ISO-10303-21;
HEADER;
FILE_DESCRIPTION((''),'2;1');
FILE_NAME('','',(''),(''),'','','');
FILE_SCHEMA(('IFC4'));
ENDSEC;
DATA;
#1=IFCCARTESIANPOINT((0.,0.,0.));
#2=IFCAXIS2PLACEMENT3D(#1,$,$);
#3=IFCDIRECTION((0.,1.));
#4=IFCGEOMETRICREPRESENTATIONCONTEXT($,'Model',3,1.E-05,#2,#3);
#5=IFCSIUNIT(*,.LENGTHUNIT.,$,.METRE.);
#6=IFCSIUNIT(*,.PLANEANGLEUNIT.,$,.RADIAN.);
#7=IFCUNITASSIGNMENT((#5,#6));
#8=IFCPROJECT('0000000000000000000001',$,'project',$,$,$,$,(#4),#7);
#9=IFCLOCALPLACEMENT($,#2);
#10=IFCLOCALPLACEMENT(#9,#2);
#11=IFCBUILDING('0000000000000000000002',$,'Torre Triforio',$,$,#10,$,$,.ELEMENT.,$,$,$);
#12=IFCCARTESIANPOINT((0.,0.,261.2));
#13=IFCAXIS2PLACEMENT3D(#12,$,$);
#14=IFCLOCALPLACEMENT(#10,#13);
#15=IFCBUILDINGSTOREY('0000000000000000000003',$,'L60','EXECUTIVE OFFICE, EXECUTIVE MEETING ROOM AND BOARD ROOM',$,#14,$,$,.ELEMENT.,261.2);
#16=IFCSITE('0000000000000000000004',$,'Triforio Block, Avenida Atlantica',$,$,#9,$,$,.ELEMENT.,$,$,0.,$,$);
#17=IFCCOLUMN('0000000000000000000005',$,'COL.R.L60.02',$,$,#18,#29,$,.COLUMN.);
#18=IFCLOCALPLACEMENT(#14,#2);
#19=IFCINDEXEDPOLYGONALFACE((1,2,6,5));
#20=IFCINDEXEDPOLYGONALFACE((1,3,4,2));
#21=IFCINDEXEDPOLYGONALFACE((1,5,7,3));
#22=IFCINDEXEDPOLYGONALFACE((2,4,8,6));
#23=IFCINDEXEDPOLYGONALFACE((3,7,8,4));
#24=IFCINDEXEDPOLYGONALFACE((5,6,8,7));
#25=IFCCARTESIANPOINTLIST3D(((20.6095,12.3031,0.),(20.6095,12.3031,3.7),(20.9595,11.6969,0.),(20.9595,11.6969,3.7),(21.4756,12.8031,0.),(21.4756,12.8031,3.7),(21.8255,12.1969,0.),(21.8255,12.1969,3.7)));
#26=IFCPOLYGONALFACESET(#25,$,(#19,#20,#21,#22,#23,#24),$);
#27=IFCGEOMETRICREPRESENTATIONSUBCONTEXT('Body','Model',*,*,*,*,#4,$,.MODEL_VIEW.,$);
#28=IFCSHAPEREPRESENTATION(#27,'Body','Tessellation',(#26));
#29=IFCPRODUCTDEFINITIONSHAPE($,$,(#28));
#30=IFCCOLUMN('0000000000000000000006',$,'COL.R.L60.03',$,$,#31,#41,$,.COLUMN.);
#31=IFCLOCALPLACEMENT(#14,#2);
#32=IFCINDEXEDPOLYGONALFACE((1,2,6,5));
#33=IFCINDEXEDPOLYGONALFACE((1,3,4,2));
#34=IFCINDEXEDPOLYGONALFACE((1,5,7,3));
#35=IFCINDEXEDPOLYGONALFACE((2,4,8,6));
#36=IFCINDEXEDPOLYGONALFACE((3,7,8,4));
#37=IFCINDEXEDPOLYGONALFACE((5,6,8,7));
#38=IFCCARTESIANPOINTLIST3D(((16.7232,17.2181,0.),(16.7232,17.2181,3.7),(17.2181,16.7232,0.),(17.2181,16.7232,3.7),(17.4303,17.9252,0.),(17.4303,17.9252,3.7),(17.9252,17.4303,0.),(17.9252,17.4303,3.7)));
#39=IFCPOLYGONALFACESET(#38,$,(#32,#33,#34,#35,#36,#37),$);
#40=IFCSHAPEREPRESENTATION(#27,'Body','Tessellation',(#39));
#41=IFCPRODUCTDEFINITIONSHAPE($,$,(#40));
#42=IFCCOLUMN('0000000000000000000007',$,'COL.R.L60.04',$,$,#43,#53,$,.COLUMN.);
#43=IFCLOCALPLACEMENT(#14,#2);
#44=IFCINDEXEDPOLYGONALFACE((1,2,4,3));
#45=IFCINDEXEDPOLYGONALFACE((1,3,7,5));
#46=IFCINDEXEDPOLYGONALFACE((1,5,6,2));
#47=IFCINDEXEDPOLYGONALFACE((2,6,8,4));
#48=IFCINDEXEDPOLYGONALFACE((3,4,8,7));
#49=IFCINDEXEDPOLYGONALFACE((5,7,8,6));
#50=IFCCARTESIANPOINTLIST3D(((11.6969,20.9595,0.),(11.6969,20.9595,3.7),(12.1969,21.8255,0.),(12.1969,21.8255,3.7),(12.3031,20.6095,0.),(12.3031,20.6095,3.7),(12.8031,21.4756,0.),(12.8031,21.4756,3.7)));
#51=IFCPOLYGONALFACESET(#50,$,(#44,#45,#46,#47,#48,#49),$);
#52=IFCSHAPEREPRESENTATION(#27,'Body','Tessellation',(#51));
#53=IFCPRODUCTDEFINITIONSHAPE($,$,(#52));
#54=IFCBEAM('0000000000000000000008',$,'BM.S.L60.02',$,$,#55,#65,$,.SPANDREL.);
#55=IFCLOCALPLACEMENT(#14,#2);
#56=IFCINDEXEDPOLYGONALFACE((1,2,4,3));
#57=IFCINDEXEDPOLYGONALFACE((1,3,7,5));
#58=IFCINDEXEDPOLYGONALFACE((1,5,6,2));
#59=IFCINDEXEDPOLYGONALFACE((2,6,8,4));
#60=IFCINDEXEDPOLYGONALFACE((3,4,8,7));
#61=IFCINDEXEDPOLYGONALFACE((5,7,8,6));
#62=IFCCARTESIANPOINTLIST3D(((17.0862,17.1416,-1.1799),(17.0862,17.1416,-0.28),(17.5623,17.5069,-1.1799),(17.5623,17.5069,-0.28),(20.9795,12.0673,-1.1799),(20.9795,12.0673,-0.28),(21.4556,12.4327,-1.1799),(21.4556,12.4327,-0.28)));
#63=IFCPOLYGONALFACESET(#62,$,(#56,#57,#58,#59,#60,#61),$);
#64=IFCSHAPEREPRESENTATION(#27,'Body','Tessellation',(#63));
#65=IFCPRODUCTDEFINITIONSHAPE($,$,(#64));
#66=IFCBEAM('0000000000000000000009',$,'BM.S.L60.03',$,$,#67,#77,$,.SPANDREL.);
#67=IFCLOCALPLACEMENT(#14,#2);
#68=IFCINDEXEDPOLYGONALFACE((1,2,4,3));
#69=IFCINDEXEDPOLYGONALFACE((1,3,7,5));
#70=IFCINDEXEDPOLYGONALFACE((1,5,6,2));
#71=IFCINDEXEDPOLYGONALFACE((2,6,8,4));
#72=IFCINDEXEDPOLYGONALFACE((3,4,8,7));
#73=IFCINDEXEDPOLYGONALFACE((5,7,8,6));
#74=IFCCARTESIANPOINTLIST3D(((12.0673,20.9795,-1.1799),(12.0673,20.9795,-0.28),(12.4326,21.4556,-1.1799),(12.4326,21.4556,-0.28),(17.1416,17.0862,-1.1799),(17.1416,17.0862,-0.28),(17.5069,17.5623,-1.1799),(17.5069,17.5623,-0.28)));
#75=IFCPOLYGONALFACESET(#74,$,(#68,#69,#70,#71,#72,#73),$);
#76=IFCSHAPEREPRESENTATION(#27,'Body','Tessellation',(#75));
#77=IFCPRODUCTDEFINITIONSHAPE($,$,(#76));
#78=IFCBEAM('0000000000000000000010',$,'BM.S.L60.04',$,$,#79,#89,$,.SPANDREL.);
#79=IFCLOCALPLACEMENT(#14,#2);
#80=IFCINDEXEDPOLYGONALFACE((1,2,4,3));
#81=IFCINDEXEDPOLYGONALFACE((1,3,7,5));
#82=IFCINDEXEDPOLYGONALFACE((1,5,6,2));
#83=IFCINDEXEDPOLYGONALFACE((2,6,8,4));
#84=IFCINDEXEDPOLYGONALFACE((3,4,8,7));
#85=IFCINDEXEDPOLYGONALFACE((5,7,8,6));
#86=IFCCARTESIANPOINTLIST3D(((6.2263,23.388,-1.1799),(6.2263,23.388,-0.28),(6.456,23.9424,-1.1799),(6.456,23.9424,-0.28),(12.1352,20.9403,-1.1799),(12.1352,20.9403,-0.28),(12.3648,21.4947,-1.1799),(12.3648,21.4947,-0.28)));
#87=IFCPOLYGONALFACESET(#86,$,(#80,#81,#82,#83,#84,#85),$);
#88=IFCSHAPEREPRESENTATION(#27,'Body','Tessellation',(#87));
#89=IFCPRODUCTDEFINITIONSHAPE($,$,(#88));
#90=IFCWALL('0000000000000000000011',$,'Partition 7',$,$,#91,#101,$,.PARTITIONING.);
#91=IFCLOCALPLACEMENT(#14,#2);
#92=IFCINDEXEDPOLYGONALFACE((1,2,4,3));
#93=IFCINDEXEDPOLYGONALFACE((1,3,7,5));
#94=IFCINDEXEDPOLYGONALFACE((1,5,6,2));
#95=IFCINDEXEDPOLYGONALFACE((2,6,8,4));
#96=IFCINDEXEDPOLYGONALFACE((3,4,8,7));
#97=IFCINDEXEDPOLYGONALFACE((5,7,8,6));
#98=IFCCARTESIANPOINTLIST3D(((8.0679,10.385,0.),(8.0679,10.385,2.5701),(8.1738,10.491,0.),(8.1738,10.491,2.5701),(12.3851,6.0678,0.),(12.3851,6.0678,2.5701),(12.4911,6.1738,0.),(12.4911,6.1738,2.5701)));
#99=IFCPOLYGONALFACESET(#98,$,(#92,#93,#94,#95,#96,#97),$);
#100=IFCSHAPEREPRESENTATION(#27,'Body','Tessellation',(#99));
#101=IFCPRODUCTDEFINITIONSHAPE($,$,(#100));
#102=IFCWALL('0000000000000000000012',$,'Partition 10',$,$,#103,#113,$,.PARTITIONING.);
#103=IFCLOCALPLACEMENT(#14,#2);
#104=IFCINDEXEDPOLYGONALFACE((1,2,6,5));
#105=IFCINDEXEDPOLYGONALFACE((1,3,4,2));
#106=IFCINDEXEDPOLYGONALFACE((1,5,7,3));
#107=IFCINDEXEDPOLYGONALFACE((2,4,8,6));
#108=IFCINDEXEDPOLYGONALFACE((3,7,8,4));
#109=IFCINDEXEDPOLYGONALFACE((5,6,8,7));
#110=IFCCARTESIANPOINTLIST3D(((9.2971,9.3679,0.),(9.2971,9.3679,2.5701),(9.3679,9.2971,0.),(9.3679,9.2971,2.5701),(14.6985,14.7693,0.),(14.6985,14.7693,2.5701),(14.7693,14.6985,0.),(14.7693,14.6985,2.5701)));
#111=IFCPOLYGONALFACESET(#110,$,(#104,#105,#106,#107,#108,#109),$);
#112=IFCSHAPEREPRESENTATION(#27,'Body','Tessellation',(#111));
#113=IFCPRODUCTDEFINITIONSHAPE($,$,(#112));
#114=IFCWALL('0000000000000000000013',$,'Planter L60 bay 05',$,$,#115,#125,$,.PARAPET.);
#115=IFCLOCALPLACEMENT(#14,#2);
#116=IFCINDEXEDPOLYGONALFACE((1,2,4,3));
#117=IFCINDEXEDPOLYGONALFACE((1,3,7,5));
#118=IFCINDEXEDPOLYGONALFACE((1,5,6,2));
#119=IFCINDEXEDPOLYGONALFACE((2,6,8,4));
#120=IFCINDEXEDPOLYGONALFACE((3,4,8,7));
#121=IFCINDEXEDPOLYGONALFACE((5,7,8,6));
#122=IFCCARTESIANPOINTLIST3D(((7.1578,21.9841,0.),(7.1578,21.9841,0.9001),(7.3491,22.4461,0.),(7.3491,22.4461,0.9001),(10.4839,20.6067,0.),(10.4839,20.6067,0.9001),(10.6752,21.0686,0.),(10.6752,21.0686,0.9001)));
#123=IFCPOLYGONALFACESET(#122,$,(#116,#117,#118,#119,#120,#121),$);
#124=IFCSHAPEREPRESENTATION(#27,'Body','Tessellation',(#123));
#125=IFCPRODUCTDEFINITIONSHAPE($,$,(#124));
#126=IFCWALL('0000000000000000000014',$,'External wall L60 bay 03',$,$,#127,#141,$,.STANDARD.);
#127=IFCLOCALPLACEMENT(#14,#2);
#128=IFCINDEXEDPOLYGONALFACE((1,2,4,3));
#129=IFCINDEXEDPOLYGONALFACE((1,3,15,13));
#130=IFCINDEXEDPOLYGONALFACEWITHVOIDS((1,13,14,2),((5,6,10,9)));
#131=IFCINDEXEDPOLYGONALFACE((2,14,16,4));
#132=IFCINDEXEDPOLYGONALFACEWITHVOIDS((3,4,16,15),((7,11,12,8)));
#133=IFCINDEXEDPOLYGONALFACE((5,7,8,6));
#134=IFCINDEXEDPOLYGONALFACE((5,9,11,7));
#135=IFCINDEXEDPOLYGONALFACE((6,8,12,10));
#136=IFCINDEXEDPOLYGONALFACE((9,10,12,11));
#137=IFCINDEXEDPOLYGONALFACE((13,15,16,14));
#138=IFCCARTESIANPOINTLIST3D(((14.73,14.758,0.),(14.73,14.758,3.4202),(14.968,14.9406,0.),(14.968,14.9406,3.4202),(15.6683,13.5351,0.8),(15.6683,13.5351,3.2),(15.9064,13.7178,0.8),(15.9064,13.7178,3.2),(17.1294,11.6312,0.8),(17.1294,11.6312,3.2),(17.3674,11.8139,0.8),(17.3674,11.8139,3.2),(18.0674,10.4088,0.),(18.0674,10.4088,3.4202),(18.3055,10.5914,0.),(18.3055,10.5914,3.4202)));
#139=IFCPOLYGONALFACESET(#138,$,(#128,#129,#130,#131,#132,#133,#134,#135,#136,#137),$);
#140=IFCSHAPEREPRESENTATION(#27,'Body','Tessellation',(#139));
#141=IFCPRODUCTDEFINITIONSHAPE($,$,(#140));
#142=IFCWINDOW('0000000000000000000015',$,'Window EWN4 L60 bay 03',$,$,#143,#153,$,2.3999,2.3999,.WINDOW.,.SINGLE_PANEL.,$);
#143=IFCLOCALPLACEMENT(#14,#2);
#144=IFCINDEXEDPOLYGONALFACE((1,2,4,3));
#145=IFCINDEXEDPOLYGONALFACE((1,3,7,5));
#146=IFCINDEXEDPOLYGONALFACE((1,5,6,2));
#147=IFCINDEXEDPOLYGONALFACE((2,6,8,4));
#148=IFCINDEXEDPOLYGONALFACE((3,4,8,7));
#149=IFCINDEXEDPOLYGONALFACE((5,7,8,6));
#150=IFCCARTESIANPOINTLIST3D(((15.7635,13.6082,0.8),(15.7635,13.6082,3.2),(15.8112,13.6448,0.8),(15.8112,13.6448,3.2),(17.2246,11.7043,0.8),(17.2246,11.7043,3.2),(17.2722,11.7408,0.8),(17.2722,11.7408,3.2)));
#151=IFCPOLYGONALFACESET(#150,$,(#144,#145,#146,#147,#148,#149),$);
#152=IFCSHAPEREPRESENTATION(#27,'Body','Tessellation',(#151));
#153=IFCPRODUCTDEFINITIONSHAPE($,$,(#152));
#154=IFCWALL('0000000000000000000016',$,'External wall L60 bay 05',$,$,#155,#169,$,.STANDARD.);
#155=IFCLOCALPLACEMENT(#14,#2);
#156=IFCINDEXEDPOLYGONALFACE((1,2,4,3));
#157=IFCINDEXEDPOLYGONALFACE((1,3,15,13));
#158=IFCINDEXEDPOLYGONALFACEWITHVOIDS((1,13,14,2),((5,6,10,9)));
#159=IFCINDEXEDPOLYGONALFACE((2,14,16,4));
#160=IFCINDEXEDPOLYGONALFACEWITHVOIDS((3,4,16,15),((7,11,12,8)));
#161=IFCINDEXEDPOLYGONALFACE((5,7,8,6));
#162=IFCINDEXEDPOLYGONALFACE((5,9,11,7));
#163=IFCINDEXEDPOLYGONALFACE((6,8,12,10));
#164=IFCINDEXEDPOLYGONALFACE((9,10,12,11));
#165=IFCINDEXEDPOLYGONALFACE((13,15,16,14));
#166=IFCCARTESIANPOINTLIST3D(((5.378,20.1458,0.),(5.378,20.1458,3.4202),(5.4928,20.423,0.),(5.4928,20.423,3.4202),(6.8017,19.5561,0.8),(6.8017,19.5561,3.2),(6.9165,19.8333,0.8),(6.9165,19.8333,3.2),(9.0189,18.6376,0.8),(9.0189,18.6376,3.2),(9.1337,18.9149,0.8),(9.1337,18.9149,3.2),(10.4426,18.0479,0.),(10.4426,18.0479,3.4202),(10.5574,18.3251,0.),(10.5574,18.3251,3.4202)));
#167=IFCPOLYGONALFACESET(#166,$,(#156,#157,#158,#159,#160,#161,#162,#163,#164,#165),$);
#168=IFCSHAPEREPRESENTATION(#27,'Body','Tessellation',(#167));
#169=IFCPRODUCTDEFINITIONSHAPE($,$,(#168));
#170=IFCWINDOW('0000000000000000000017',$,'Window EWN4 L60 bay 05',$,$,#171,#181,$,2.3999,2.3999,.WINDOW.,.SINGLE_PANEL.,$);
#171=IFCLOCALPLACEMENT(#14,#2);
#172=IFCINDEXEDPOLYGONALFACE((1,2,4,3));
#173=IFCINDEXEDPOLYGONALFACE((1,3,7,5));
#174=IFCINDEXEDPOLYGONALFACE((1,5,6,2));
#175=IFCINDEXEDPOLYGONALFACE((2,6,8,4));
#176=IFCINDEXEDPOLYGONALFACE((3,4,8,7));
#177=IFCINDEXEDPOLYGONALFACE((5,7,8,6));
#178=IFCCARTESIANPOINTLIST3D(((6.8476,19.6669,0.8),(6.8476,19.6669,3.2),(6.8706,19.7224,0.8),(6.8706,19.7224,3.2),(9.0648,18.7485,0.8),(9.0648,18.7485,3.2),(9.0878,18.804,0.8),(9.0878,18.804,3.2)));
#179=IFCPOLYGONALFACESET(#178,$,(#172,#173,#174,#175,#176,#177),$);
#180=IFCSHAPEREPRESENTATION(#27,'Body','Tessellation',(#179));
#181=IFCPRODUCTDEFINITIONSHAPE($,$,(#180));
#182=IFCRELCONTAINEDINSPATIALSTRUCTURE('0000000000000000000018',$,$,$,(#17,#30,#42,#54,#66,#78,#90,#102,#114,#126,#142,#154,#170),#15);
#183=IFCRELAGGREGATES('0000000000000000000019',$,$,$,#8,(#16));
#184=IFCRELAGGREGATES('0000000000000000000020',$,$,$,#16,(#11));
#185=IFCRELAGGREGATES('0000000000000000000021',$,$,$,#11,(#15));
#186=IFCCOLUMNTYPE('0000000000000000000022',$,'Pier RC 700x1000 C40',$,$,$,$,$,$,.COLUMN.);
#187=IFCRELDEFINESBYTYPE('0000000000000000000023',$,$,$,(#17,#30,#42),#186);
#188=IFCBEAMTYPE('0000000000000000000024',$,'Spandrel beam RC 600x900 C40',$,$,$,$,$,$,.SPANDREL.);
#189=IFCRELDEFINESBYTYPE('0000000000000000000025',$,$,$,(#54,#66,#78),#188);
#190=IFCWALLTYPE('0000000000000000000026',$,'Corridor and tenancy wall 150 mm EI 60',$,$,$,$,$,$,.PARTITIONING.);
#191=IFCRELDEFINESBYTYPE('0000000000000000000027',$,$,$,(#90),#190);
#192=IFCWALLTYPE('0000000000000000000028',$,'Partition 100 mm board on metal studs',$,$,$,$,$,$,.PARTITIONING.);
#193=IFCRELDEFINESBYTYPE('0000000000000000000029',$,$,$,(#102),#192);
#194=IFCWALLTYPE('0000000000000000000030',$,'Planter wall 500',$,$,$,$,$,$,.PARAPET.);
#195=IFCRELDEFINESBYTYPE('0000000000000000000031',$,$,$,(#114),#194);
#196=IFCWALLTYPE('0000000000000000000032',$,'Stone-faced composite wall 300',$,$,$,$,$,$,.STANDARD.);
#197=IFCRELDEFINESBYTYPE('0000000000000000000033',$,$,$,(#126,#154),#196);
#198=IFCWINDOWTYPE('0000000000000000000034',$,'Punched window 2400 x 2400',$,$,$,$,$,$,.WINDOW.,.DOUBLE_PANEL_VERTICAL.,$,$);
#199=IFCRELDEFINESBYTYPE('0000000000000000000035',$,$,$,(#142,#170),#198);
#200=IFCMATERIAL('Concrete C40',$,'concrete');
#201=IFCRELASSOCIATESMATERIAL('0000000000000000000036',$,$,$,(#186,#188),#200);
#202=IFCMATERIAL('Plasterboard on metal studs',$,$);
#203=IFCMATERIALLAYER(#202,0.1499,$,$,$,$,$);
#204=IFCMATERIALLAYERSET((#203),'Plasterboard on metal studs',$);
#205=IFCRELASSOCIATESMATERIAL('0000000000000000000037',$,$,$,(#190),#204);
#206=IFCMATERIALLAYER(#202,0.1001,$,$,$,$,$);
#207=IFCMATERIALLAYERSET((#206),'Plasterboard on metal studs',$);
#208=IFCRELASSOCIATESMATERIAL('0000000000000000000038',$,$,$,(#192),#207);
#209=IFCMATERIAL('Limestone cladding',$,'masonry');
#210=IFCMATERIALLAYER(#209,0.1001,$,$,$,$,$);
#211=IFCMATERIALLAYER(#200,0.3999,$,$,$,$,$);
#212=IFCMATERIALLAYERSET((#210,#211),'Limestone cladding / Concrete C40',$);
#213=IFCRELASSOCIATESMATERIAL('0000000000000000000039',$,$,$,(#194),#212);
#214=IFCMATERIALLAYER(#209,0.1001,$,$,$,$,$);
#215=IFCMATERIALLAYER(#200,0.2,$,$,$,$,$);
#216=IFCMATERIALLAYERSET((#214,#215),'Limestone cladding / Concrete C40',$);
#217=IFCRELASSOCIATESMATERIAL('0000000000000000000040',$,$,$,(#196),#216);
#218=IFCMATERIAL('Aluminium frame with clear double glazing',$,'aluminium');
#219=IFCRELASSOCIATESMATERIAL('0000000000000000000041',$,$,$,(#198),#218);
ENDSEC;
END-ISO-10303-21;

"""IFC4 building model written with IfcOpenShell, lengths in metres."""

from ifc_helpers import new_model, si_unit, direction, frame, frame_2d, origin, origin_2d, place, context, subcontext, project, spatial, rectangle, extrude, material, layer, layer_set, material_profile, profile_set, type_object, element, fill, save


model = new_model("IFC4")

# Units and contexts
model_context = context("Model", 3, precision=1e-05, world=origin(), true_north=direction((0.0, 1.0)))
body_context = subcontext(model_context, "Body", "Model", "MODEL_VIEW")
ifc_project = project(units=[si_unit("LENGTHUNIT", "METRE"), si_unit("PLANEANGLEUNIT", "RADIAN")], contexts=[model_context])

# Site, building, storey
site_placement = place(None, origin())
site = spatial("IfcSite", under=ifc_project, at=site_placement, Name="Triforio Block, Avenida Atlantica", CompositionType="ELEMENT", RefElevation=0.0)
building_placement = place(site_placement, origin())
building = spatial("IfcBuilding", under=site, at=building_placement, Name="Torre Triforio", CompositionType="ELEMENT")
storey_placement = place(building_placement, frame((0.0, 0.0, 261.2)))
storey = spatial("IfcBuildingStorey", under=building, at=storey_placement, Name="L60", Description="EXECUTIVE OFFICE, EXECUTIVE MEETING ROOM AND BOARD ROOM", CompositionType="ELEMENT", Elevation=261.2)

# Columns
ifc_material_1 = material(Name="Concrete C40", Category="concrete")
ifc_material_profile_1 = material_profile(ifc_material_1, rectangle(XDim=0.7, YDim=1.0, at=origin_2d()), Name="RC 700x1000")
ifc_profile_set_1 = profile_set([ifc_material_profile_1], Name="Concrete C40")
column_type = type_object("IfcColumnType", Name="Pier RC 700x1000 C40", PredefinedType="COLUMN", material=ifc_profile_set_1)
for number, where, z_axis, x_axis, name in (
    (1, (21.2175, 12.25, 0.0), (0.0, 0.0, 1.0), (-0.5, 0.866025, 0.0), "COL.R.L60.02"),
    (2, (17.3242, 17.3242, 0.0), (0.0, 0.0, 1.0), (-0.707107, 0.707107, 0.0), "COL.R.L60.03"),
    (3, (12.25, 21.2175, 0.0), (0.0, 0.0, 1.0), (-0.866025, 0.5, 0.0), "COL.R.L60.04"),
):
    element("IfcColumn", number, at=place(storey_placement, frame(where, z_axis=z_axis, x_axis=x_axis)), inside=storey, type_object=column_type, Name=name, PredefinedType="COLUMN", context=body_context, shape_type="SweptSolid", body=[
        extrude(rectangle(XDim=0.7, YDim=1.0, at=origin_2d()), origin(), (0.0, 0.0, 1.0), 3.7),
    ])

# Beams
ifc_material_profile_2 = material_profile(ifc_material_1, rectangle(XDim=0.6001, YDim=0.8999, at=origin_2d()), Name="RC 600x900")
ifc_profile_set_2 = profile_set([ifc_material_profile_2], Name="Concrete C40")
beam_type = type_object("IfcBeamType", Name="Spandrel beam RC 600x900 C40", PredefinedType="SPANDREL", material=ifc_profile_set_2)
for number, where, z_axis, x_axis, name in (
    (4, (21.2175, 12.25, -0.73), (-0.608734, 0.793374, 0.0), (-0.793374, -0.608734, 0.0), "BM.S.L60.02"),
    (5, (17.3242, 17.3242, -0.73), (-0.793374, 0.608734, 0.0), (-0.608734, -0.793374, 0.0), "BM.S.L60.03"),
    (6, (12.25, 21.2175, -0.73), (-0.923869, 0.382709, 0.0), (-0.382709, -0.923869, 0.0), "BM.S.L60.04"),
):
    element("IfcBeam", number, at=place(storey_placement, frame(where, z_axis=z_axis, x_axis=x_axis)), inside=storey, type_object=beam_type, Name=name, PredefinedType="SPANDREL", context=body_context, shape_type="SweptSolid", body=[
        extrude(rectangle(XDim=0.6001, YDim=0.8999, at=origin_2d()), origin(), (0.0, 0.0, 1.0), 6.3958),
    ])

# Walls
ifc_material_2 = material(Name="Plasterboard on metal studs")
ifc_layer_1 = layer(ifc_material_2, 0.1499)
ifc_layer_set_1 = layer_set([ifc_layer_1], Name="Plasterboard on metal studs")
wall_type_1 = type_object("IfcWallType", Name="Corridor and tenancy wall 150 mm EI 60", PredefinedType="PARTITIONING", material=ifc_layer_set_1)
wall_1_placement = place(storey_placement, frame((8.1208, 10.438, 0.0), z_axis=(0.0, 0.0, 1.0), x_axis=(0.707107, -0.707107, 0.0)))
element("IfcWall", 7, at=wall_1_placement, inside=storey, type_object=wall_type_1, Name="Partition 7", PredefinedType="PARTITIONING", context=body_context, shape_type="SweptSolid", body=[
    extrude(rectangle(XDim=6.1055, YDim=0.1499, at=frame_2d((3.0527, 0.0))), origin(), (0.0, 0.0, 1.0), 2.5701),
])
ifc_layer_2 = layer(ifc_material_2, 0.1001)
ifc_layer_set_2 = layer_set([ifc_layer_2], Name="Plasterboard on metal studs")
wall_type_2 = type_object("IfcWallType", Name="Partition 100 mm board on metal studs", PredefinedType="PARTITIONING", material=ifc_layer_set_2)
wall_2_placement = place(storey_placement, frame((9.3325, 9.3325, 0.0), z_axis=(0.0, 0.0, 1.0), x_axis=(0.707107, 0.707107, 0.0)))
element("IfcWall", 8, at=wall_2_placement, inside=storey, type_object=wall_type_2, Name="Partition 10", PredefinedType="PARTITIONING", context=body_context, shape_type="SweptSolid", body=[
    extrude(rectangle(XDim=7.6387, YDim=0.1001, at=frame_2d((3.8193, 0.0))), origin(), (0.0, 0.0, 1.0), 2.5701),
])
ifc_material_3 = material(Name="Limestone cladding", Category="masonry")
ifc_layer_3 = layer(ifc_material_3, 0.1001)
ifc_layer_4 = layer(ifc_material_1, 0.3999)
ifc_layer_set_3 = layer_set([ifc_layer_3, ifc_layer_4], Name="Limestone cladding / Concrete C40")
wall_type_3 = type_object("IfcWallType", Name="Planter wall 500", PredefinedType="PARAPET", material=ifc_layer_set_3)
wall_3_placement = place(storey_placement, frame((10.5796, 20.8376, 0.0), z_axis=(0.0, 0.0, 1.0), x_axis=(-0.923909, 0.382611, 0.0)))
element("IfcWall", 9, at=wall_3_placement, inside=storey, type_object=wall_type_3, Name="Planter L60 bay 05", PredefinedType="PARAPET", context=body_context, shape_type="SweptSolid", body=[
    extrude(rectangle(XDim=3.6001, YDim=0.5, at=frame_2d((1.8, 0.0))), origin(), (0.0, 0.0, 1.0), 0.9001),
])

# Wall, opening, window
ifc_layer_5 = layer(ifc_material_3, 0.1001)
ifc_layer_6 = layer(ifc_material_1, 0.2)
ifc_layer_set_4 = layer_set([ifc_layer_5, ifc_layer_6], Name="Limestone cladding / Concrete C40")
wall_type_4 = type_object("IfcWallType", Name="Stone-faced composite wall 300", PredefinedType="STANDARD", material=ifc_layer_set_4)
wall_4_placement = place(storey_placement, frame((18.1865, 10.5, 0.0), z_axis=(0.0, 0.0, 1.0), x_axis=(-0.608785, 0.793335, 0.0)))
wall_4 = element("IfcWall", 10, at=wall_4_placement, inside=storey, type_object=wall_type_4, Name="External wall L60 bay 03", PredefinedType="STANDARD", context=body_context, shape_type="SweptSolid", body=[
    extrude(rectangle(XDim=5.4822, YDim=0.3, at=frame_2d((2.7412, 0.0))), origin(), (0.0, 0.0, 1.0), 3.4202),
])
opening_1_placement = place(wall_4_placement, frame((1.541, 0.0, 0.8)))
opening_1 = element("IfcOpeningElement", 11, at=opening_1_placement, cuts=wall_4, PredefinedType="OPENING", context=body_context, shape_type="SweptSolid", body=[
    extrude(rectangle(XDim=2.3999, YDim=2.3999, at=frame_2d((1.2, 1.2))), frame((0.0, 0.1599, 0.0), z_axis=(0.0, -1.0, 0.0), x_axis=(1.0, 0.0, 0.0)), (0.0, 0.0, 1.0), 0.3201),
])
ifc_material_4 = material(Name="Aluminium frame with clear double glazing", Category="aluminium")
window_type_1 = type_object("IfcWindowType", Name="Punched window 2400 x 2400", PartitioningType="DOUBLE_PANEL_VERTICAL", PredefinedType="WINDOW", material=ifc_material_4)
window_1_placement = place(opening_1_placement, origin())
window_1 = element("IfcWindow", 12, at=window_1_placement, inside=storey, type_object=window_type_1, Name="Window EWN4 L60 bay 03", OverallHeight=2.3999, OverallWidth=2.3999, PartitioningType="SINGLE_PANEL", PredefinedType="WINDOW", context=body_context, shape_type="SweptSolid", body=[
    extrude(rectangle(XDim=2.3999, YDim=2.3999, at=frame_2d((1.2, 1.2))), frame((0.0, 0.03, 0.0), z_axis=(0.0, -1.0, 0.0), x_axis=(1.0, 0.0, 0.0)), (0.0, 0.0, 1.0), 0.0601),
])
fill(opening_1, window_1)

# Wall, opening, window
wall_5_placement = place(storey_placement, frame((10.5, 18.1865, 0.0), z_axis=(0.0, 0.0, 1.0), x_axis=(-0.923877, 0.382689, 0.0)))
wall_5 = element("IfcWall", 13, at=wall_5_placement, inside=storey, type_object=wall_type_4, Name="External wall L60 bay 05", PredefinedType="STANDARD", context=body_context, shape_type="SweptSolid", body=[
    extrude(rectangle(XDim=5.4819, YDim=0.3, at=frame_2d((2.741, 0.0))), origin(), (0.0, 0.0, 1.0), 3.4202),
])
opening_2_placement = place(wall_5_placement, frame((1.541, 0.0, 0.8)))
opening_2 = element("IfcOpeningElement", 14, at=opening_2_placement, cuts=wall_5, PredefinedType="OPENING", context=body_context, shape_type="SweptSolid", body=[
    extrude(rectangle(XDim=2.3999, YDim=2.3999, at=frame_2d((1.2, 1.2))), frame((0.0, 0.1599, 0.0), z_axis=(0.0, -1.0, 0.0), x_axis=(1.0, 0.0, 0.0)), (0.0, 0.0, 1.0), 0.3201),
])
window_2_placement = place(opening_2_placement, origin())
window_2 = element("IfcWindow", 15, at=window_2_placement, inside=storey, type_object=window_type_1, Name="Window EWN4 L60 bay 05", OverallHeight=2.3999, OverallWidth=2.3999, PartitioningType="SINGLE_PANEL", PredefinedType="WINDOW", context=body_context, shape_type="SweptSolid", body=[
    extrude(rectangle(XDim=2.3999, YDim=2.3999, at=frame_2d((1.2, 1.2))), frame((0.0, 0.03, 0.0), z_axis=(0.0, -1.0, 0.0), x_axis=(1.0, 0.0, 0.0)), (0.0, 0.0, 1.0), 0.0601),
])
fill(opening_2, window_2)

save(model, "model.ifc")
